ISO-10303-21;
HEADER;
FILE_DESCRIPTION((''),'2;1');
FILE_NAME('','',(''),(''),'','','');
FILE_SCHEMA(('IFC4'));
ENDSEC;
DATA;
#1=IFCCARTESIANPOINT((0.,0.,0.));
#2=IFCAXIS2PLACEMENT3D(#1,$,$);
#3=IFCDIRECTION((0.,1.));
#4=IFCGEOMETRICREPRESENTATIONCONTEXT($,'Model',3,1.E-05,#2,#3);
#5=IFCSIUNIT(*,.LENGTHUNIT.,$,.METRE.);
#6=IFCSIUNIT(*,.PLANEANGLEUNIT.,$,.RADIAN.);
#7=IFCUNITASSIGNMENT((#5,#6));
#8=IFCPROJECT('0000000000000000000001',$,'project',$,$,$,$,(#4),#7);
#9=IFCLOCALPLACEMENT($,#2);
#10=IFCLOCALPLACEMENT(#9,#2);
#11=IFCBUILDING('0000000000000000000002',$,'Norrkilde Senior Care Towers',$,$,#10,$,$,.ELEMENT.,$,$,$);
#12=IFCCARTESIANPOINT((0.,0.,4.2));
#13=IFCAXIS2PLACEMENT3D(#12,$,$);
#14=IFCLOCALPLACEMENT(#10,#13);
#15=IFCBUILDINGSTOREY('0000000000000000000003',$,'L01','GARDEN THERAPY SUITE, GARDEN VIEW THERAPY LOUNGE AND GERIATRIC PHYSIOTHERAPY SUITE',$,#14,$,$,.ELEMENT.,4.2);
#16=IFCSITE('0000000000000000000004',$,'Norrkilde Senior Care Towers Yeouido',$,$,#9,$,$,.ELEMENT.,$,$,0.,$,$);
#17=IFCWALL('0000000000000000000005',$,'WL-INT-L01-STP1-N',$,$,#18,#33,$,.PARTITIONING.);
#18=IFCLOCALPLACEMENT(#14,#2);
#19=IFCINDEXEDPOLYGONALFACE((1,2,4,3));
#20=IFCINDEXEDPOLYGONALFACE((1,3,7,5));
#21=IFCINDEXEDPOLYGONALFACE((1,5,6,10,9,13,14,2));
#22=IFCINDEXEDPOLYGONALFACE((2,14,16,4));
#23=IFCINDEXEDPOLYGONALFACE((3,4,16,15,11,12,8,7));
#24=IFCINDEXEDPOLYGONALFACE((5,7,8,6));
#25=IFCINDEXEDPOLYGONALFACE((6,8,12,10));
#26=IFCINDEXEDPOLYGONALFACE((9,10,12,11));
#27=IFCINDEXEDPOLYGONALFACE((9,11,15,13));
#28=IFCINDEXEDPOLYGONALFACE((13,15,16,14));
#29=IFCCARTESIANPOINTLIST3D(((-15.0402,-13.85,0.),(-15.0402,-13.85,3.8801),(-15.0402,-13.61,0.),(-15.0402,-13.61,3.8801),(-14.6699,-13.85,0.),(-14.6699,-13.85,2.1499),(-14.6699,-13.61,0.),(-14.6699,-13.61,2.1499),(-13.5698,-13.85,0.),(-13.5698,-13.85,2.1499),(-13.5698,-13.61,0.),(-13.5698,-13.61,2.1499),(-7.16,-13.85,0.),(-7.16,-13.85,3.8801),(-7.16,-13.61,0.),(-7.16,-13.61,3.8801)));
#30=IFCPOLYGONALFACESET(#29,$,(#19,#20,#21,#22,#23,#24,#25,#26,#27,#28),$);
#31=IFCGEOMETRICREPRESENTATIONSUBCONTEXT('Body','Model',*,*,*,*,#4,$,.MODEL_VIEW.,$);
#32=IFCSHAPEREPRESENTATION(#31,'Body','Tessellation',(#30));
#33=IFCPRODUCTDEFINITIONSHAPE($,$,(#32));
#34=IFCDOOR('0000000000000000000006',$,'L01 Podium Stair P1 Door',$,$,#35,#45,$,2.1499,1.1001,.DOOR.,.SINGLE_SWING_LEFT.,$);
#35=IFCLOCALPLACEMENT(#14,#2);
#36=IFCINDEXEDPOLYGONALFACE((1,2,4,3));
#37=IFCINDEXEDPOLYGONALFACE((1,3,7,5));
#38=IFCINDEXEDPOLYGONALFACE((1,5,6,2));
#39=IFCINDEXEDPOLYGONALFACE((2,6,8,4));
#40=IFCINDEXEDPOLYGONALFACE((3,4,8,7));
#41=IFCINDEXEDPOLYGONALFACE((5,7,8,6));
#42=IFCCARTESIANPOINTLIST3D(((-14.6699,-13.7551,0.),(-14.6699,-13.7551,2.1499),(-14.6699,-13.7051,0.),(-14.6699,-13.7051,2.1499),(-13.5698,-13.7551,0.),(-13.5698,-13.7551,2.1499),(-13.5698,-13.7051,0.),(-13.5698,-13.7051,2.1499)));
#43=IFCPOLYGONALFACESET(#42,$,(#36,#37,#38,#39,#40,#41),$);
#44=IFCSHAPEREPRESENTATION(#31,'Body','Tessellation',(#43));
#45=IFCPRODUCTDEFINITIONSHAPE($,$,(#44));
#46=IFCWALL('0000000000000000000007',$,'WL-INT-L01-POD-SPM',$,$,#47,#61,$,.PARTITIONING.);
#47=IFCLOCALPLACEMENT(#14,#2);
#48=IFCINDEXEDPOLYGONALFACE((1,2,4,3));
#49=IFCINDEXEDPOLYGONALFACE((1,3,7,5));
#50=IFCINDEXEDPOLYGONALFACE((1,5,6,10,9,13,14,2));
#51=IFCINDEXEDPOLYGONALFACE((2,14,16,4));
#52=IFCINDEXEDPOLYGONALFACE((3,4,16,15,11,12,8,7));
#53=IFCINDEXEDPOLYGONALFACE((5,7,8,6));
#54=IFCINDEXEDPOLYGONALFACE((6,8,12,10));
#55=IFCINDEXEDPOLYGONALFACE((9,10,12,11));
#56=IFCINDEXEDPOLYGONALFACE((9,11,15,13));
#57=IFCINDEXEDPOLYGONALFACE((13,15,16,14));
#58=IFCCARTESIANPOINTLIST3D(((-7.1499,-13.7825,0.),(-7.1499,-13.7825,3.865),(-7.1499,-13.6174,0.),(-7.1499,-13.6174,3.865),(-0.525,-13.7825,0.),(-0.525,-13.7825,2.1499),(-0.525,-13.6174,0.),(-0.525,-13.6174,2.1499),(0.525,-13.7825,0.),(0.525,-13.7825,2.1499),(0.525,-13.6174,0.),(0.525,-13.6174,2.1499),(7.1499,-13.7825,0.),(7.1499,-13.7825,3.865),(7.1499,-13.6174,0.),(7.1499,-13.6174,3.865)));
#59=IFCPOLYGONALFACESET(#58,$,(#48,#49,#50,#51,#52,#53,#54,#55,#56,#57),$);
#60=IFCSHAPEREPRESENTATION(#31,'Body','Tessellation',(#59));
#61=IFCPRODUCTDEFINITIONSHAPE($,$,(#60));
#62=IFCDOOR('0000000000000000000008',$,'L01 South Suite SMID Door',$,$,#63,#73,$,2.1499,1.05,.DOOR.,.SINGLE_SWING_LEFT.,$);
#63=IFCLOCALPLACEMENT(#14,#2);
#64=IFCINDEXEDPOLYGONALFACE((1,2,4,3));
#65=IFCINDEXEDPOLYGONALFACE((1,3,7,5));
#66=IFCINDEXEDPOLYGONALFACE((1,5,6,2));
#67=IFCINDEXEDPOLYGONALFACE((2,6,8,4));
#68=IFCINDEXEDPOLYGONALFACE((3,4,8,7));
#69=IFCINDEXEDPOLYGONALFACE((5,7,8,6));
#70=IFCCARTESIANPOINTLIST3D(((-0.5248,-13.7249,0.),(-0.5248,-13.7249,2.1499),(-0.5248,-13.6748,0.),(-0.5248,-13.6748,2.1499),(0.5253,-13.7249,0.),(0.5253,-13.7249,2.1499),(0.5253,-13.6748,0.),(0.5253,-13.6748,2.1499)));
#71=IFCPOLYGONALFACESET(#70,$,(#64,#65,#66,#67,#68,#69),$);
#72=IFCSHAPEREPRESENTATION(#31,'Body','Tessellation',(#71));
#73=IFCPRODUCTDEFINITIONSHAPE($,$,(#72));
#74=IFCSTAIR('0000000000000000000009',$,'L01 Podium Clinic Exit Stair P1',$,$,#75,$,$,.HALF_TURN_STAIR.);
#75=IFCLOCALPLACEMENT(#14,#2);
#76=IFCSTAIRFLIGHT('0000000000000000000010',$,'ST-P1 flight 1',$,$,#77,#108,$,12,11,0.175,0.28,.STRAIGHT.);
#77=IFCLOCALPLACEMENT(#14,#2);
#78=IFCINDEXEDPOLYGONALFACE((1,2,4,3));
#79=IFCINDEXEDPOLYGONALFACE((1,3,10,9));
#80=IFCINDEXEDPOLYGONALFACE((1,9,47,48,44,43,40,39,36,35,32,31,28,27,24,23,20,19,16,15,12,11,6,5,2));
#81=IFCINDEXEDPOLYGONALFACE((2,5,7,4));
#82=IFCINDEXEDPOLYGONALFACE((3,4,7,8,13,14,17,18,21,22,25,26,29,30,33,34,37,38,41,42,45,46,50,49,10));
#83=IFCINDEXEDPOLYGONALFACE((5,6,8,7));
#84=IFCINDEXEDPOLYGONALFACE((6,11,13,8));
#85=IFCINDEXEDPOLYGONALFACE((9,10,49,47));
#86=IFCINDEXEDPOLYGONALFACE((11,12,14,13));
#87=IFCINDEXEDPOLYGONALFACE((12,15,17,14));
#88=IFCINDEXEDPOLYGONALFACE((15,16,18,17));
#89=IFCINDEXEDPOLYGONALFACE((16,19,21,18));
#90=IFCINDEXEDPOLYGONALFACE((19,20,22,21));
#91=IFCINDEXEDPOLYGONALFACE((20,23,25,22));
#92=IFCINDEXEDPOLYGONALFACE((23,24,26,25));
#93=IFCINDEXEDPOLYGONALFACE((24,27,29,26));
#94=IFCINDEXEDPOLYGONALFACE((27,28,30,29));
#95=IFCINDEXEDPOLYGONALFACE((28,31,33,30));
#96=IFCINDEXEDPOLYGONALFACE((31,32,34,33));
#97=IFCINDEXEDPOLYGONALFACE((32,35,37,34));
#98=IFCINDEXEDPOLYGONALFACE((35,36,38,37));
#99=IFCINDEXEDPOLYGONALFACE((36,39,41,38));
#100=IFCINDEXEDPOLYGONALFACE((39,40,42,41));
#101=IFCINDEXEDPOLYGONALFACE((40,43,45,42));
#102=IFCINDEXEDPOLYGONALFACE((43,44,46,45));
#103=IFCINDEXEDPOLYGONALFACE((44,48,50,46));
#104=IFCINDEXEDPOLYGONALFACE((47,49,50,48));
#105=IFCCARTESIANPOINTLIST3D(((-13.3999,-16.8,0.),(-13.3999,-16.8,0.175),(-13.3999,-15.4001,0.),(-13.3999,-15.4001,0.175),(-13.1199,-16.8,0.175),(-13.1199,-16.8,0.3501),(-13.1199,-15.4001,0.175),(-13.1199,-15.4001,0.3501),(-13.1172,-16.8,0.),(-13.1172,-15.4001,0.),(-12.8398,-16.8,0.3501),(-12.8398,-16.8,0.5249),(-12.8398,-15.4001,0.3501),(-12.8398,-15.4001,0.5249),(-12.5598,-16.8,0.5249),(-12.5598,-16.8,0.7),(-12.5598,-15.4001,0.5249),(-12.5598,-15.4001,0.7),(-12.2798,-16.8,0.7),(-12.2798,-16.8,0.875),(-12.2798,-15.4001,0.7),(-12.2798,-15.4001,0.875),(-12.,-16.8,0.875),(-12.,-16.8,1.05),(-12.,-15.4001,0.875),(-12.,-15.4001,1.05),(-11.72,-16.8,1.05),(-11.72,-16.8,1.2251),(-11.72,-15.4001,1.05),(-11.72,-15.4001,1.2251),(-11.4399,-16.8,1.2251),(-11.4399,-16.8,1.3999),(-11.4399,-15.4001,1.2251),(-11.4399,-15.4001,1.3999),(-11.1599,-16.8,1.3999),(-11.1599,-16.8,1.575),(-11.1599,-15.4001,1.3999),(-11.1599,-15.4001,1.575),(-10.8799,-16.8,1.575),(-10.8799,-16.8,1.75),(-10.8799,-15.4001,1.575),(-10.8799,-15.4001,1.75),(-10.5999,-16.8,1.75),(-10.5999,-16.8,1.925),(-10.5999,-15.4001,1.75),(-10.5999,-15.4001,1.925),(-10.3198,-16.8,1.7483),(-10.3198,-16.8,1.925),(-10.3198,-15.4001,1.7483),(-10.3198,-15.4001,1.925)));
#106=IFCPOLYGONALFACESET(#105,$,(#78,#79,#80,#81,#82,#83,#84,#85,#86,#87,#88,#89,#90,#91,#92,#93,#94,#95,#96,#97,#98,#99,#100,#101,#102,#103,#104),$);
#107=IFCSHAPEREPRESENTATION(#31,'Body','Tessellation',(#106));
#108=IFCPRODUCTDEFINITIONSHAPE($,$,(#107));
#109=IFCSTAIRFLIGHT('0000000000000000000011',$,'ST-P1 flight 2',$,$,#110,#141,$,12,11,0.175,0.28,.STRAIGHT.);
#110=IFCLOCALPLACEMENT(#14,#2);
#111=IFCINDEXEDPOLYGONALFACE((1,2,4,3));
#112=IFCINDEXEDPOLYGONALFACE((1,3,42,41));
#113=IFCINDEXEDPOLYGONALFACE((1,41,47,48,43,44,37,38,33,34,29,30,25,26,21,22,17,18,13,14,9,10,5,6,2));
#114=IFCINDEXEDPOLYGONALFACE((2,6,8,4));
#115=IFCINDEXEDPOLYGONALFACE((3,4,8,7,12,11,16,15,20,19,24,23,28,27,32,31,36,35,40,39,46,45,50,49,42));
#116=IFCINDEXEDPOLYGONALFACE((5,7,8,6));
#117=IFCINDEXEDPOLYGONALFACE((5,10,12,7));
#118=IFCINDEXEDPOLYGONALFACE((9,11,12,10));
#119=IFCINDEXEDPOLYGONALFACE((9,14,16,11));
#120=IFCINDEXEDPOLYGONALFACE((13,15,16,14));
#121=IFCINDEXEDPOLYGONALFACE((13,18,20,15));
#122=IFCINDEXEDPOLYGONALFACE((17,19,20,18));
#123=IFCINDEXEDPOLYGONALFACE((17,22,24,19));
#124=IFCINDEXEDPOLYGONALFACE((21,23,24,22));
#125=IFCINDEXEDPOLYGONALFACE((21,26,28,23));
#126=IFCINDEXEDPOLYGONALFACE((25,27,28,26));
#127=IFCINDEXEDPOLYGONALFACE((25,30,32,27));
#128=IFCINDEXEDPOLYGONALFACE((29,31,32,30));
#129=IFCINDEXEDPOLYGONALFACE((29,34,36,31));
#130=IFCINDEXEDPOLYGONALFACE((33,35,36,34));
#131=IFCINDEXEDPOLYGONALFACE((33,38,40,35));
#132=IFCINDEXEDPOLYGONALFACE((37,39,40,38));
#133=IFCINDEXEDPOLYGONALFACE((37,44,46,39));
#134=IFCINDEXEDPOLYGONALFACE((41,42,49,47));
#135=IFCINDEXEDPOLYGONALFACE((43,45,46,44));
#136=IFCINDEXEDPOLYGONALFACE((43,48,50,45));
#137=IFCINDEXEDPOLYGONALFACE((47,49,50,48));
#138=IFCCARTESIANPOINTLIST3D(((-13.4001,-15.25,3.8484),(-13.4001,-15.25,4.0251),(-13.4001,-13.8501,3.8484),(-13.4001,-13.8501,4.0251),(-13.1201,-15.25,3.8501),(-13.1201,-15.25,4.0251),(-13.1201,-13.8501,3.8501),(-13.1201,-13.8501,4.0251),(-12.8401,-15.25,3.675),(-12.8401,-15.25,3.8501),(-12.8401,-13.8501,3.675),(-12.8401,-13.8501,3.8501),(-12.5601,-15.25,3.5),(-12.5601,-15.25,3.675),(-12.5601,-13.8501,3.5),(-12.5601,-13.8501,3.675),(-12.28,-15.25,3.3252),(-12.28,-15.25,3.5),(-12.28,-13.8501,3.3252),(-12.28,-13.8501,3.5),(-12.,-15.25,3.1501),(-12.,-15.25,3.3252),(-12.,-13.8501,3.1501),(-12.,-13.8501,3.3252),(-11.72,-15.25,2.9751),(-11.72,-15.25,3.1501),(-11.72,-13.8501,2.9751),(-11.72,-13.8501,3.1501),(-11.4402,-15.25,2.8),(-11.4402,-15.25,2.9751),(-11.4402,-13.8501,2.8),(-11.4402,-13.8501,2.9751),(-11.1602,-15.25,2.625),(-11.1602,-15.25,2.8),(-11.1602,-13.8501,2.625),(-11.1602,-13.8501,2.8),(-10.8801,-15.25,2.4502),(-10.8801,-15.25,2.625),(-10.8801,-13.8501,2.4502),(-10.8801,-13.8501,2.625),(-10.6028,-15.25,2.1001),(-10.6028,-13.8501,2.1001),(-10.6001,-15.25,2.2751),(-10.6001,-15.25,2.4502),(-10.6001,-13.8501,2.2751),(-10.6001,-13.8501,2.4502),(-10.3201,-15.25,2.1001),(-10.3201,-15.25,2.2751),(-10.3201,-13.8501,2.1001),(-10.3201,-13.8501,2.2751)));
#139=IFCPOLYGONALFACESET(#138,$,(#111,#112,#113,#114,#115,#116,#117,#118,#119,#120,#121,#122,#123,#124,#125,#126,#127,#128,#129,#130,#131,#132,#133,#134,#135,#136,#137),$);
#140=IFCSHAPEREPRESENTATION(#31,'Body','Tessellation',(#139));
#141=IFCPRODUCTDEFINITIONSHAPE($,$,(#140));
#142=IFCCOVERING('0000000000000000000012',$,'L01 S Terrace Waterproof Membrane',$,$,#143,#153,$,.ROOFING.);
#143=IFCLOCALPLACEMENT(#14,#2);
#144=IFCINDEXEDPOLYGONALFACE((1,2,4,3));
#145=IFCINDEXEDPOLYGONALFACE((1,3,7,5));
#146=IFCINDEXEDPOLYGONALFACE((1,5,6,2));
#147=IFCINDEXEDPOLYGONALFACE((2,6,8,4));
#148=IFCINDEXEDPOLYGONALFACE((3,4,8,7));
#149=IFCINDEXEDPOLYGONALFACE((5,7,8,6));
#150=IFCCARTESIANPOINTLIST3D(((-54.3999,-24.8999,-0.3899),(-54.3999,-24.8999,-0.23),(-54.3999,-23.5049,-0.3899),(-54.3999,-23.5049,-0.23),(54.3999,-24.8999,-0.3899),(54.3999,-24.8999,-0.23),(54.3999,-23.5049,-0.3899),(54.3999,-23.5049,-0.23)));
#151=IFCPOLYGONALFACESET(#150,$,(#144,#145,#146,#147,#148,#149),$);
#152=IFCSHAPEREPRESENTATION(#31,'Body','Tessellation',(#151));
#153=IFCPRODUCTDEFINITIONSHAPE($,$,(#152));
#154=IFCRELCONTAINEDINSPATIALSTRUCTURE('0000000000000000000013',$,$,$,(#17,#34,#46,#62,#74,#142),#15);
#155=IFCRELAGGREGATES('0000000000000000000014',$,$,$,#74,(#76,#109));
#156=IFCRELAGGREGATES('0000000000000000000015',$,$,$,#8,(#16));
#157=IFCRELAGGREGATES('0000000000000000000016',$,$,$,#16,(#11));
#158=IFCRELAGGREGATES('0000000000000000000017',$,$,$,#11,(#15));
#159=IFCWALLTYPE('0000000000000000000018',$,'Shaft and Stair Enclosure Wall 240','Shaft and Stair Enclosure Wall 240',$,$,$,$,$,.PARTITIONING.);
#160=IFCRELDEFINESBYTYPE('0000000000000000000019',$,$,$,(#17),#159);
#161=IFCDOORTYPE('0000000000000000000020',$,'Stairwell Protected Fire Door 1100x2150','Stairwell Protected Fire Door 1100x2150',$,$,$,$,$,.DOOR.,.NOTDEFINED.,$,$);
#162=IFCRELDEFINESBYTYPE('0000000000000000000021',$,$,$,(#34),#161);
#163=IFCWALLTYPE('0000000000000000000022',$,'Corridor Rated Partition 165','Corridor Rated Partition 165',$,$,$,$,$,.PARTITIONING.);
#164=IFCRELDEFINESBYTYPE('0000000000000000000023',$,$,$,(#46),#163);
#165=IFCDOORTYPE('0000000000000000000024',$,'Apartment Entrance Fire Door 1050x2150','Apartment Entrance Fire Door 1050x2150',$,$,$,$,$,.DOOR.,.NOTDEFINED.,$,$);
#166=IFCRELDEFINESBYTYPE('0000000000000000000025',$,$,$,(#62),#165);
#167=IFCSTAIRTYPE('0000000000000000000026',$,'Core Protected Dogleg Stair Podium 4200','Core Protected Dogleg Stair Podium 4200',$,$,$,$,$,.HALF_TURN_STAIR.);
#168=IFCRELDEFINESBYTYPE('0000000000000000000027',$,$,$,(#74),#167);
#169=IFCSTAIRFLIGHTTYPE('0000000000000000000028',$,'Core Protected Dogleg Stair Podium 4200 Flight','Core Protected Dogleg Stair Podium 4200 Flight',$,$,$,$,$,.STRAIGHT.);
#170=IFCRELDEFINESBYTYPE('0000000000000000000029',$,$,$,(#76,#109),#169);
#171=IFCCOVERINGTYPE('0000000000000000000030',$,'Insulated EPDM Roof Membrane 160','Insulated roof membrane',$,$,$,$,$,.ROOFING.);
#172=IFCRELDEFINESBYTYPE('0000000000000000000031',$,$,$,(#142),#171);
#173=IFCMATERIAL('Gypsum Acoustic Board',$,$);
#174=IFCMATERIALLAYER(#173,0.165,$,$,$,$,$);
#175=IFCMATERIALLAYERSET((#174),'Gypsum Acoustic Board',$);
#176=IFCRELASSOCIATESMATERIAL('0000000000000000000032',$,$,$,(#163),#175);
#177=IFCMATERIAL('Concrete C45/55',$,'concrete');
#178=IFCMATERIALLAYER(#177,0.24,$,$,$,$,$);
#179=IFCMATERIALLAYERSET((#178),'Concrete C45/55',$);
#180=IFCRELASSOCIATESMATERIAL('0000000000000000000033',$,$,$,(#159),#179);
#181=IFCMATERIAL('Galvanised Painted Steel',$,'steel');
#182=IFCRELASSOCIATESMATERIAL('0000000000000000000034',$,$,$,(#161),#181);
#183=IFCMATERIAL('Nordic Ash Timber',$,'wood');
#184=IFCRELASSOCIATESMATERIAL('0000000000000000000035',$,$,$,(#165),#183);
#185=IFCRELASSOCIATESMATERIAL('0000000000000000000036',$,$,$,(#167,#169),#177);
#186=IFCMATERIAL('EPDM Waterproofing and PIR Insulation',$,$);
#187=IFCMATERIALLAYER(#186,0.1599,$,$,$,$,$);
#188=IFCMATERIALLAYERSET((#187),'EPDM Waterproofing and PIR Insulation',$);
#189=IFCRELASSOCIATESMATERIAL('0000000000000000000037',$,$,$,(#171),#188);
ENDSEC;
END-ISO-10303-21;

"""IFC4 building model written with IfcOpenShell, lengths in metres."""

from ifc_helpers import new_model, si_unit, direction, frame, frame_2d, origin, place, context, subcontext, project, spatial, polyline, rectangle, outline, extrude, source, transform, mapped, material, layer, layer_set, type_object, type_shapes, element, fill, aggregate, save


model = new_model("IFC4")

# Units and contexts
model_context = context("Model", 3, precision=1e-05, world=origin(), true_north=direction((0.0, 1.0)))
body_context = subcontext(model_context, "Body", "Model", "MODEL_VIEW")
ifc_project = project(units=[si_unit("LENGTHUNIT", "METRE"), si_unit("PLANEANGLEUNIT", "RADIAN")], contexts=[model_context])

# Site, building, storey
site_placement = place(None, origin())
site = spatial("IfcSite", under=ifc_project, at=site_placement, Name="Norrkilde Senior Care Towers Yeouido", CompositionType="ELEMENT", RefElevation=0.0)
building_placement = place(site_placement, origin())
building = spatial("IfcBuilding", under=site, at=building_placement, Name="Norrkilde Senior Care Towers", CompositionType="ELEMENT")
storey_placement = place(building_placement, frame((0.0, 0.0, 4.2)))
storey = spatial("IfcBuildingStorey", under=building, at=storey_placement, Name="L01", Description="GARDEN THERAPY SUITE, GARDEN VIEW THERAPY LOUNGE AND GERIATRIC PHYSIOTHERAPY SUITE", CompositionType="ELEMENT", Elevation=4.2)

# Shared definitions
ifc_material_1 = material(Name="Concrete C45/55", Category="concrete")

# Shared definitions
ifc_material_2 = material(Name="Gypsum Acoustic Board")
ifc_layer_1 = layer(ifc_material_2, 0.165)
ifc_layer_set_1 = layer_set([ifc_layer_1], Name="Gypsum Acoustic Board")
wall_type_1 = type_object("IfcWallType", Name="Corridor Rated Partition 165", Description="Corridor Rated Partition 165", PredefinedType="PARTITIONING", material=ifc_layer_set_1)

# Shared definitions
ifc_material_3 = material(Name="Nordic Ash Timber", Category="wood")

# Walls, openings, doors
ifc_layer_2 = layer(ifc_material_1, 0.24)
ifc_layer_set_2 = layer_set([ifc_layer_2], Name="Concrete C45/55")
wall_type_2 = type_object("IfcWallType", Name="Shaft and Stair Enclosure Wall 240", Description="Shaft and Stair Enclosure Wall 240", PredefinedType="PARTITIONING", material=ifc_layer_set_2)
shared_shape_1 = source(origin(), body_context, "Body", "SweptSolid", [
    extrude(rectangle(XDim=7.8801, YDim=0.24, at=frame_2d((3.9399, 0.0))), origin(), (0.0, 0.0, 1.0), 3.8801),
])
type_shapes(wall_type_2, [shared_shape_1])
wall_1_placement = place(storey_placement, frame((-15.04, -13.73, 0.0), z_axis=(0.0, 0.0, 1.0), x_axis=(1.0, 0.0, 0.0)))
wall_1 = element("IfcWall", 1, at=wall_1_placement, inside=storey, type_object=wall_type_2, Name="WL-INT-L01-STP1-N", PredefinedType="PARTITIONING", context=body_context, shape_type="MappedRepresentation", body=[
    mapped(shared_shape_1, transform((0.0, 0.0, 0.0), x_axis=(1.0, 0.0, 0.0), y_axis=(0.0, 1.0, 0.0), z_axis=(0.0, 0.0, 1.0), scale=1.0)),
])
opening_1_placement = place(wall_1_placement, frame((0.3701, 0.0, 0.0)))
opening_1 = element("IfcOpeningElement", 2, at=opening_1_placement, cuts=wall_1, PredefinedType="OPENING", context=body_context, shape_type="SweptSolid", body=[
    extrude(rectangle(XDim=1.1001, YDim=2.1499, at=frame_2d((0.55, 1.075))), frame((0.0, 0.1299, 0.0), z_axis=(0.0, -1.0, 0.0), x_axis=(1.0, 0.0, 0.0)), (0.0, 0.0, 1.0), 0.26),
])
ifc_material_4 = material(Name="Galvanised Painted Steel", Category="steel")
door_type_1 = type_object("IfcDoorType", Name="Stairwell Protected Fire Door 1100x2150", Description="Stairwell Protected Fire Door 1100x2150", OperationType="NOTDEFINED", PredefinedType="DOOR", material=ifc_material_4)
shared_shape_2 = source(origin(), body_context, "Body", "SweptSolid", [
    extrude(rectangle(XDim=1.1001, YDim=2.1499, at=frame_2d((0.55, 1.075))), frame((0.0, 0.0249, 0.0), z_axis=(0.0, -1.0, 0.0), x_axis=(1.0, 0.0, 0.0)), (0.0, 0.0, 1.0), 0.05),
])
type_shapes(door_type_1, [shared_shape_2])
door_1_placement = place(opening_1_placement, origin())
door_1 = element("IfcDoor", 3, at=door_1_placement, inside=storey, type_object=door_type_1, Name="L01 Podium Stair P1 Door", OperationType="SINGLE_SWING_LEFT", OverallHeight=2.1499, OverallWidth=1.1001, PredefinedType="DOOR", context=body_context, shape_type="MappedRepresentation", body=[
    mapped(shared_shape_2, transform((0.0, 0.0, 0.0), x_axis=(1.0, 0.0, 0.0), y_axis=(0.0, 1.0, 0.0), z_axis=(0.0, 0.0, 1.0), scale=1.0)),
])
fill(opening_1, door_1)
shared_shape_3 = source(origin(), body_context, "Body", "SweptSolid", [
    extrude(rectangle(XDim=14.2998, YDim=0.165, at=frame_2d((7.1499, 0.0))), origin(), (0.0, 0.0, 1.0), 3.865),
])
wall_2_placement = place(storey_placement, frame((-7.1499, -13.7, 0.0), z_axis=(0.0, 0.0, 1.0), x_axis=(1.0, 0.0, 0.0)))
wall_2 = element("IfcWall", 4, at=wall_2_placement, inside=storey, type_object=wall_type_1, Name="WL-INT-L01-POD-SPM", PredefinedType="PARTITIONING", context=body_context, shape_type="MappedRepresentation", body=[
    mapped(shared_shape_3, transform((0.0, 0.0, 0.0), x_axis=(1.0, 0.0, 0.0), y_axis=(0.0, 1.0, 0.0), z_axis=(0.0, 0.0, 1.0), scale=1.0)),
])
opening_2_placement = place(wall_2_placement, frame((6.625, 0.0, 0.0)))
opening_2 = element("IfcOpeningElement", 5, at=opening_2_placement, cuts=wall_2, PredefinedType="OPENING", context=body_context, shape_type="SweptSolid", body=[
    extrude(rectangle(XDim=1.05, YDim=2.1499, at=frame_2d((0.5249, 1.075))), frame((0.0, 0.0925, 0.0), z_axis=(0.0, -1.0, 0.0), x_axis=(1.0, 0.0, 0.0)), (0.0, 0.0, 1.0), 0.1851),
])
door_type_2 = type_object("IfcDoorType", Name="Apartment Entrance Fire Door 1050x2150", Description="Apartment Entrance Fire Door 1050x2150", OperationType="NOTDEFINED", PredefinedType="DOOR", material=ifc_material_3)
shared_shape_4 = source(origin(), body_context, "Body", "SweptSolid", [
    extrude(rectangle(XDim=1.05, YDim=2.1499, at=frame_2d((0.5249, 1.075))), frame((0.0, 0.0249, 0.0), z_axis=(0.0, -1.0, 0.0), x_axis=(1.0, 0.0, 0.0)), (0.0, 0.0, 1.0), 0.05),
])
type_shapes(door_type_2, [shared_shape_4])
door_2_placement = place(opening_2_placement, frame((1.05, 0.0, 0.0), z_axis=(0.0, 0.0, 1.0), x_axis=(-1.0, 0.0, 0.0)))
door_2 = element("IfcDoor", 6, at=door_2_placement, inside=storey, type_object=door_type_2, Name="L01 South Suite SMID Door", OperationType="SINGLE_SWING_LEFT", OverallHeight=2.1499, OverallWidth=1.05, PredefinedType="DOOR", context=body_context, shape_type="MappedRepresentation", body=[
    mapped(shared_shape_4, transform((0.0, 0.0, 0.0), x_axis=(1.0, 0.0, 0.0), y_axis=(0.0, 1.0, 0.0), z_axis=(0.0, 0.0, 1.0), scale=1.0)),
])
fill(opening_2, door_2)

# Stair, stair flights
stair_type = type_object("IfcStairType", Name="Core Protected Dogleg Stair Podium 4200", Description="Core Protected Dogleg Stair Podium 4200", PredefinedType="HALF_TURN_STAIR", material=ifc_material_1)
stair_placement = place(storey_placement, origin())
stair = element("IfcStair", 7, at=stair_placement, inside=storey, type_object=stair_type, Name="L01 Podium Clinic Exit Stair P1", PredefinedType="HALF_TURN_STAIR")
stair_flight_type = type_object("IfcStairFlightType", Name="Core Protected Dogleg Stair Podium 4200 Flight", Description="Core Protected Dogleg Stair Podium 4200 Flight", PredefinedType="STRAIGHT", material=ifc_material_1)
stair_flight_1_placement = place(storey_placement, frame((-13.3999, -16.1001, 0.0), z_axis=(0.0, 0.0, 1.0), x_axis=(1.0, 0.0, 0.0)))
stair_flight_1 = element("IfcStairFlight", 8, at=stair_flight_1_placement, type_object=stair_flight_type, Name="ST-P1 flight 1", NumberOfRisers=12, NumberOfTreads=11, PredefinedType="STRAIGHT", RiserHeight=0.175, TreadLength=0.28, context=body_context, shape_type="SweptSolid", body=[
    extrude(outline(polyline([(0.0, 0.0), (0.0, 0.175), (0.28, 0.175), (0.28, 0.3501), (0.5601, 0.3501), (0.5601, 0.5249), (0.8401, 0.5249), (0.8401, 0.7), (1.1201, 0.7), (1.1201, 0.875), (1.3999, 0.875), (1.3999, 1.05), (1.6799, 1.05), (1.6799, 1.2251), (1.96, 1.2251), (1.96, 1.3999), (2.24, 1.3999), (2.24, 1.575), (2.52, 1.575), (2.52, 1.75), (2.8, 1.75), (2.8, 1.925), (3.0801, 1.925), (3.0801, 2.1001), (3.0801, 1.7483), (0.2827, 0.0), (0.0, 0.0)])), frame((0.0, 0.7, 0.0), z_axis=(0.0, -1.0, 0.0), x_axis=(1.0, 0.0, 0.0)), (0.0, 0.0, 1.0), 1.3999),
])
stair_flight_2_placement = place(storey_placement, frame((-10.3201, -14.55, 2.1001), z_axis=(0.0, 0.0, 1.0), x_axis=(-1.0, 0.0, 0.0)))
stair_flight_2 = element("IfcStairFlight", 9, at=stair_flight_2_placement, type_object=stair_flight_type, Name="ST-P1 flight 2", NumberOfRisers=12, NumberOfTreads=11, PredefinedType="STRAIGHT", RiserHeight=0.175, TreadLength=0.28, context=body_context, shape_type="SweptSolid", body=[
    extrude(outline(polyline([(0.0, 0.0), (0.0, 0.175), (0.28, 0.175), (0.28, 0.3501), (0.5601, 0.3501), (0.5601, 0.5249), (0.8401, 0.5249), (0.8401, 0.7), (1.1201, 0.7), (1.1201, 0.875), (1.3999, 0.875), (1.3999, 1.05), (1.6799, 1.05), (1.6799, 1.2251), (1.96, 1.2251), (1.96, 1.3999), (2.24, 1.3999), (2.24, 1.575), (2.52, 1.575), (2.52, 1.75), (2.8, 1.75), (2.8, 1.925), (3.0801, 1.925), (3.0801, 2.1001), (3.0801, 1.7483), (0.2827, 0.0), (0.0, 0.0)])), frame((0.0, 0.7, 0.0), z_axis=(0.0, -1.0, 0.0), x_axis=(1.0, 0.0, 0.0)), (0.0, 0.0, 1.0), 1.3999),
])
aggregate(stair, [stair_flight_1, stair_flight_2])

# Covering
ifc_material_5 = material(Name="EPDM Waterproofing and PIR Insulation")
ifc_layer_3 = layer(ifc_material_5, 0.1599)
ifc_layer_set_3 = layer_set([ifc_layer_3], Name="EPDM Waterproofing and PIR Insulation")
covering_type = type_object("IfcCoveringType", Name="Insulated EPDM Roof Membrane 160", Description="Insulated roof membrane", PredefinedType="ROOFING", material=ifc_layer_set_3)
covering_placement = place(storey_placement, frame((0.0, 0.0, -0.3899)))
element("IfcCovering", 10, at=covering_placement, inside=storey, type_object=covering_type, Name="L01 S Terrace Waterproof Membrane", PredefinedType="ROOFING", context=body_context, shape_type="SweptSolid", body=[
    extrude(outline(polyline([(-54.3999, -24.8999), (54.3999, -24.8999), (54.3999, -23.5049), (-54.3999, -23.5049), (-54.3999, -24.8999)])), origin(), (0.0, 0.0, 1.0), 0.1599),
])

save(model, "model.ifc")
